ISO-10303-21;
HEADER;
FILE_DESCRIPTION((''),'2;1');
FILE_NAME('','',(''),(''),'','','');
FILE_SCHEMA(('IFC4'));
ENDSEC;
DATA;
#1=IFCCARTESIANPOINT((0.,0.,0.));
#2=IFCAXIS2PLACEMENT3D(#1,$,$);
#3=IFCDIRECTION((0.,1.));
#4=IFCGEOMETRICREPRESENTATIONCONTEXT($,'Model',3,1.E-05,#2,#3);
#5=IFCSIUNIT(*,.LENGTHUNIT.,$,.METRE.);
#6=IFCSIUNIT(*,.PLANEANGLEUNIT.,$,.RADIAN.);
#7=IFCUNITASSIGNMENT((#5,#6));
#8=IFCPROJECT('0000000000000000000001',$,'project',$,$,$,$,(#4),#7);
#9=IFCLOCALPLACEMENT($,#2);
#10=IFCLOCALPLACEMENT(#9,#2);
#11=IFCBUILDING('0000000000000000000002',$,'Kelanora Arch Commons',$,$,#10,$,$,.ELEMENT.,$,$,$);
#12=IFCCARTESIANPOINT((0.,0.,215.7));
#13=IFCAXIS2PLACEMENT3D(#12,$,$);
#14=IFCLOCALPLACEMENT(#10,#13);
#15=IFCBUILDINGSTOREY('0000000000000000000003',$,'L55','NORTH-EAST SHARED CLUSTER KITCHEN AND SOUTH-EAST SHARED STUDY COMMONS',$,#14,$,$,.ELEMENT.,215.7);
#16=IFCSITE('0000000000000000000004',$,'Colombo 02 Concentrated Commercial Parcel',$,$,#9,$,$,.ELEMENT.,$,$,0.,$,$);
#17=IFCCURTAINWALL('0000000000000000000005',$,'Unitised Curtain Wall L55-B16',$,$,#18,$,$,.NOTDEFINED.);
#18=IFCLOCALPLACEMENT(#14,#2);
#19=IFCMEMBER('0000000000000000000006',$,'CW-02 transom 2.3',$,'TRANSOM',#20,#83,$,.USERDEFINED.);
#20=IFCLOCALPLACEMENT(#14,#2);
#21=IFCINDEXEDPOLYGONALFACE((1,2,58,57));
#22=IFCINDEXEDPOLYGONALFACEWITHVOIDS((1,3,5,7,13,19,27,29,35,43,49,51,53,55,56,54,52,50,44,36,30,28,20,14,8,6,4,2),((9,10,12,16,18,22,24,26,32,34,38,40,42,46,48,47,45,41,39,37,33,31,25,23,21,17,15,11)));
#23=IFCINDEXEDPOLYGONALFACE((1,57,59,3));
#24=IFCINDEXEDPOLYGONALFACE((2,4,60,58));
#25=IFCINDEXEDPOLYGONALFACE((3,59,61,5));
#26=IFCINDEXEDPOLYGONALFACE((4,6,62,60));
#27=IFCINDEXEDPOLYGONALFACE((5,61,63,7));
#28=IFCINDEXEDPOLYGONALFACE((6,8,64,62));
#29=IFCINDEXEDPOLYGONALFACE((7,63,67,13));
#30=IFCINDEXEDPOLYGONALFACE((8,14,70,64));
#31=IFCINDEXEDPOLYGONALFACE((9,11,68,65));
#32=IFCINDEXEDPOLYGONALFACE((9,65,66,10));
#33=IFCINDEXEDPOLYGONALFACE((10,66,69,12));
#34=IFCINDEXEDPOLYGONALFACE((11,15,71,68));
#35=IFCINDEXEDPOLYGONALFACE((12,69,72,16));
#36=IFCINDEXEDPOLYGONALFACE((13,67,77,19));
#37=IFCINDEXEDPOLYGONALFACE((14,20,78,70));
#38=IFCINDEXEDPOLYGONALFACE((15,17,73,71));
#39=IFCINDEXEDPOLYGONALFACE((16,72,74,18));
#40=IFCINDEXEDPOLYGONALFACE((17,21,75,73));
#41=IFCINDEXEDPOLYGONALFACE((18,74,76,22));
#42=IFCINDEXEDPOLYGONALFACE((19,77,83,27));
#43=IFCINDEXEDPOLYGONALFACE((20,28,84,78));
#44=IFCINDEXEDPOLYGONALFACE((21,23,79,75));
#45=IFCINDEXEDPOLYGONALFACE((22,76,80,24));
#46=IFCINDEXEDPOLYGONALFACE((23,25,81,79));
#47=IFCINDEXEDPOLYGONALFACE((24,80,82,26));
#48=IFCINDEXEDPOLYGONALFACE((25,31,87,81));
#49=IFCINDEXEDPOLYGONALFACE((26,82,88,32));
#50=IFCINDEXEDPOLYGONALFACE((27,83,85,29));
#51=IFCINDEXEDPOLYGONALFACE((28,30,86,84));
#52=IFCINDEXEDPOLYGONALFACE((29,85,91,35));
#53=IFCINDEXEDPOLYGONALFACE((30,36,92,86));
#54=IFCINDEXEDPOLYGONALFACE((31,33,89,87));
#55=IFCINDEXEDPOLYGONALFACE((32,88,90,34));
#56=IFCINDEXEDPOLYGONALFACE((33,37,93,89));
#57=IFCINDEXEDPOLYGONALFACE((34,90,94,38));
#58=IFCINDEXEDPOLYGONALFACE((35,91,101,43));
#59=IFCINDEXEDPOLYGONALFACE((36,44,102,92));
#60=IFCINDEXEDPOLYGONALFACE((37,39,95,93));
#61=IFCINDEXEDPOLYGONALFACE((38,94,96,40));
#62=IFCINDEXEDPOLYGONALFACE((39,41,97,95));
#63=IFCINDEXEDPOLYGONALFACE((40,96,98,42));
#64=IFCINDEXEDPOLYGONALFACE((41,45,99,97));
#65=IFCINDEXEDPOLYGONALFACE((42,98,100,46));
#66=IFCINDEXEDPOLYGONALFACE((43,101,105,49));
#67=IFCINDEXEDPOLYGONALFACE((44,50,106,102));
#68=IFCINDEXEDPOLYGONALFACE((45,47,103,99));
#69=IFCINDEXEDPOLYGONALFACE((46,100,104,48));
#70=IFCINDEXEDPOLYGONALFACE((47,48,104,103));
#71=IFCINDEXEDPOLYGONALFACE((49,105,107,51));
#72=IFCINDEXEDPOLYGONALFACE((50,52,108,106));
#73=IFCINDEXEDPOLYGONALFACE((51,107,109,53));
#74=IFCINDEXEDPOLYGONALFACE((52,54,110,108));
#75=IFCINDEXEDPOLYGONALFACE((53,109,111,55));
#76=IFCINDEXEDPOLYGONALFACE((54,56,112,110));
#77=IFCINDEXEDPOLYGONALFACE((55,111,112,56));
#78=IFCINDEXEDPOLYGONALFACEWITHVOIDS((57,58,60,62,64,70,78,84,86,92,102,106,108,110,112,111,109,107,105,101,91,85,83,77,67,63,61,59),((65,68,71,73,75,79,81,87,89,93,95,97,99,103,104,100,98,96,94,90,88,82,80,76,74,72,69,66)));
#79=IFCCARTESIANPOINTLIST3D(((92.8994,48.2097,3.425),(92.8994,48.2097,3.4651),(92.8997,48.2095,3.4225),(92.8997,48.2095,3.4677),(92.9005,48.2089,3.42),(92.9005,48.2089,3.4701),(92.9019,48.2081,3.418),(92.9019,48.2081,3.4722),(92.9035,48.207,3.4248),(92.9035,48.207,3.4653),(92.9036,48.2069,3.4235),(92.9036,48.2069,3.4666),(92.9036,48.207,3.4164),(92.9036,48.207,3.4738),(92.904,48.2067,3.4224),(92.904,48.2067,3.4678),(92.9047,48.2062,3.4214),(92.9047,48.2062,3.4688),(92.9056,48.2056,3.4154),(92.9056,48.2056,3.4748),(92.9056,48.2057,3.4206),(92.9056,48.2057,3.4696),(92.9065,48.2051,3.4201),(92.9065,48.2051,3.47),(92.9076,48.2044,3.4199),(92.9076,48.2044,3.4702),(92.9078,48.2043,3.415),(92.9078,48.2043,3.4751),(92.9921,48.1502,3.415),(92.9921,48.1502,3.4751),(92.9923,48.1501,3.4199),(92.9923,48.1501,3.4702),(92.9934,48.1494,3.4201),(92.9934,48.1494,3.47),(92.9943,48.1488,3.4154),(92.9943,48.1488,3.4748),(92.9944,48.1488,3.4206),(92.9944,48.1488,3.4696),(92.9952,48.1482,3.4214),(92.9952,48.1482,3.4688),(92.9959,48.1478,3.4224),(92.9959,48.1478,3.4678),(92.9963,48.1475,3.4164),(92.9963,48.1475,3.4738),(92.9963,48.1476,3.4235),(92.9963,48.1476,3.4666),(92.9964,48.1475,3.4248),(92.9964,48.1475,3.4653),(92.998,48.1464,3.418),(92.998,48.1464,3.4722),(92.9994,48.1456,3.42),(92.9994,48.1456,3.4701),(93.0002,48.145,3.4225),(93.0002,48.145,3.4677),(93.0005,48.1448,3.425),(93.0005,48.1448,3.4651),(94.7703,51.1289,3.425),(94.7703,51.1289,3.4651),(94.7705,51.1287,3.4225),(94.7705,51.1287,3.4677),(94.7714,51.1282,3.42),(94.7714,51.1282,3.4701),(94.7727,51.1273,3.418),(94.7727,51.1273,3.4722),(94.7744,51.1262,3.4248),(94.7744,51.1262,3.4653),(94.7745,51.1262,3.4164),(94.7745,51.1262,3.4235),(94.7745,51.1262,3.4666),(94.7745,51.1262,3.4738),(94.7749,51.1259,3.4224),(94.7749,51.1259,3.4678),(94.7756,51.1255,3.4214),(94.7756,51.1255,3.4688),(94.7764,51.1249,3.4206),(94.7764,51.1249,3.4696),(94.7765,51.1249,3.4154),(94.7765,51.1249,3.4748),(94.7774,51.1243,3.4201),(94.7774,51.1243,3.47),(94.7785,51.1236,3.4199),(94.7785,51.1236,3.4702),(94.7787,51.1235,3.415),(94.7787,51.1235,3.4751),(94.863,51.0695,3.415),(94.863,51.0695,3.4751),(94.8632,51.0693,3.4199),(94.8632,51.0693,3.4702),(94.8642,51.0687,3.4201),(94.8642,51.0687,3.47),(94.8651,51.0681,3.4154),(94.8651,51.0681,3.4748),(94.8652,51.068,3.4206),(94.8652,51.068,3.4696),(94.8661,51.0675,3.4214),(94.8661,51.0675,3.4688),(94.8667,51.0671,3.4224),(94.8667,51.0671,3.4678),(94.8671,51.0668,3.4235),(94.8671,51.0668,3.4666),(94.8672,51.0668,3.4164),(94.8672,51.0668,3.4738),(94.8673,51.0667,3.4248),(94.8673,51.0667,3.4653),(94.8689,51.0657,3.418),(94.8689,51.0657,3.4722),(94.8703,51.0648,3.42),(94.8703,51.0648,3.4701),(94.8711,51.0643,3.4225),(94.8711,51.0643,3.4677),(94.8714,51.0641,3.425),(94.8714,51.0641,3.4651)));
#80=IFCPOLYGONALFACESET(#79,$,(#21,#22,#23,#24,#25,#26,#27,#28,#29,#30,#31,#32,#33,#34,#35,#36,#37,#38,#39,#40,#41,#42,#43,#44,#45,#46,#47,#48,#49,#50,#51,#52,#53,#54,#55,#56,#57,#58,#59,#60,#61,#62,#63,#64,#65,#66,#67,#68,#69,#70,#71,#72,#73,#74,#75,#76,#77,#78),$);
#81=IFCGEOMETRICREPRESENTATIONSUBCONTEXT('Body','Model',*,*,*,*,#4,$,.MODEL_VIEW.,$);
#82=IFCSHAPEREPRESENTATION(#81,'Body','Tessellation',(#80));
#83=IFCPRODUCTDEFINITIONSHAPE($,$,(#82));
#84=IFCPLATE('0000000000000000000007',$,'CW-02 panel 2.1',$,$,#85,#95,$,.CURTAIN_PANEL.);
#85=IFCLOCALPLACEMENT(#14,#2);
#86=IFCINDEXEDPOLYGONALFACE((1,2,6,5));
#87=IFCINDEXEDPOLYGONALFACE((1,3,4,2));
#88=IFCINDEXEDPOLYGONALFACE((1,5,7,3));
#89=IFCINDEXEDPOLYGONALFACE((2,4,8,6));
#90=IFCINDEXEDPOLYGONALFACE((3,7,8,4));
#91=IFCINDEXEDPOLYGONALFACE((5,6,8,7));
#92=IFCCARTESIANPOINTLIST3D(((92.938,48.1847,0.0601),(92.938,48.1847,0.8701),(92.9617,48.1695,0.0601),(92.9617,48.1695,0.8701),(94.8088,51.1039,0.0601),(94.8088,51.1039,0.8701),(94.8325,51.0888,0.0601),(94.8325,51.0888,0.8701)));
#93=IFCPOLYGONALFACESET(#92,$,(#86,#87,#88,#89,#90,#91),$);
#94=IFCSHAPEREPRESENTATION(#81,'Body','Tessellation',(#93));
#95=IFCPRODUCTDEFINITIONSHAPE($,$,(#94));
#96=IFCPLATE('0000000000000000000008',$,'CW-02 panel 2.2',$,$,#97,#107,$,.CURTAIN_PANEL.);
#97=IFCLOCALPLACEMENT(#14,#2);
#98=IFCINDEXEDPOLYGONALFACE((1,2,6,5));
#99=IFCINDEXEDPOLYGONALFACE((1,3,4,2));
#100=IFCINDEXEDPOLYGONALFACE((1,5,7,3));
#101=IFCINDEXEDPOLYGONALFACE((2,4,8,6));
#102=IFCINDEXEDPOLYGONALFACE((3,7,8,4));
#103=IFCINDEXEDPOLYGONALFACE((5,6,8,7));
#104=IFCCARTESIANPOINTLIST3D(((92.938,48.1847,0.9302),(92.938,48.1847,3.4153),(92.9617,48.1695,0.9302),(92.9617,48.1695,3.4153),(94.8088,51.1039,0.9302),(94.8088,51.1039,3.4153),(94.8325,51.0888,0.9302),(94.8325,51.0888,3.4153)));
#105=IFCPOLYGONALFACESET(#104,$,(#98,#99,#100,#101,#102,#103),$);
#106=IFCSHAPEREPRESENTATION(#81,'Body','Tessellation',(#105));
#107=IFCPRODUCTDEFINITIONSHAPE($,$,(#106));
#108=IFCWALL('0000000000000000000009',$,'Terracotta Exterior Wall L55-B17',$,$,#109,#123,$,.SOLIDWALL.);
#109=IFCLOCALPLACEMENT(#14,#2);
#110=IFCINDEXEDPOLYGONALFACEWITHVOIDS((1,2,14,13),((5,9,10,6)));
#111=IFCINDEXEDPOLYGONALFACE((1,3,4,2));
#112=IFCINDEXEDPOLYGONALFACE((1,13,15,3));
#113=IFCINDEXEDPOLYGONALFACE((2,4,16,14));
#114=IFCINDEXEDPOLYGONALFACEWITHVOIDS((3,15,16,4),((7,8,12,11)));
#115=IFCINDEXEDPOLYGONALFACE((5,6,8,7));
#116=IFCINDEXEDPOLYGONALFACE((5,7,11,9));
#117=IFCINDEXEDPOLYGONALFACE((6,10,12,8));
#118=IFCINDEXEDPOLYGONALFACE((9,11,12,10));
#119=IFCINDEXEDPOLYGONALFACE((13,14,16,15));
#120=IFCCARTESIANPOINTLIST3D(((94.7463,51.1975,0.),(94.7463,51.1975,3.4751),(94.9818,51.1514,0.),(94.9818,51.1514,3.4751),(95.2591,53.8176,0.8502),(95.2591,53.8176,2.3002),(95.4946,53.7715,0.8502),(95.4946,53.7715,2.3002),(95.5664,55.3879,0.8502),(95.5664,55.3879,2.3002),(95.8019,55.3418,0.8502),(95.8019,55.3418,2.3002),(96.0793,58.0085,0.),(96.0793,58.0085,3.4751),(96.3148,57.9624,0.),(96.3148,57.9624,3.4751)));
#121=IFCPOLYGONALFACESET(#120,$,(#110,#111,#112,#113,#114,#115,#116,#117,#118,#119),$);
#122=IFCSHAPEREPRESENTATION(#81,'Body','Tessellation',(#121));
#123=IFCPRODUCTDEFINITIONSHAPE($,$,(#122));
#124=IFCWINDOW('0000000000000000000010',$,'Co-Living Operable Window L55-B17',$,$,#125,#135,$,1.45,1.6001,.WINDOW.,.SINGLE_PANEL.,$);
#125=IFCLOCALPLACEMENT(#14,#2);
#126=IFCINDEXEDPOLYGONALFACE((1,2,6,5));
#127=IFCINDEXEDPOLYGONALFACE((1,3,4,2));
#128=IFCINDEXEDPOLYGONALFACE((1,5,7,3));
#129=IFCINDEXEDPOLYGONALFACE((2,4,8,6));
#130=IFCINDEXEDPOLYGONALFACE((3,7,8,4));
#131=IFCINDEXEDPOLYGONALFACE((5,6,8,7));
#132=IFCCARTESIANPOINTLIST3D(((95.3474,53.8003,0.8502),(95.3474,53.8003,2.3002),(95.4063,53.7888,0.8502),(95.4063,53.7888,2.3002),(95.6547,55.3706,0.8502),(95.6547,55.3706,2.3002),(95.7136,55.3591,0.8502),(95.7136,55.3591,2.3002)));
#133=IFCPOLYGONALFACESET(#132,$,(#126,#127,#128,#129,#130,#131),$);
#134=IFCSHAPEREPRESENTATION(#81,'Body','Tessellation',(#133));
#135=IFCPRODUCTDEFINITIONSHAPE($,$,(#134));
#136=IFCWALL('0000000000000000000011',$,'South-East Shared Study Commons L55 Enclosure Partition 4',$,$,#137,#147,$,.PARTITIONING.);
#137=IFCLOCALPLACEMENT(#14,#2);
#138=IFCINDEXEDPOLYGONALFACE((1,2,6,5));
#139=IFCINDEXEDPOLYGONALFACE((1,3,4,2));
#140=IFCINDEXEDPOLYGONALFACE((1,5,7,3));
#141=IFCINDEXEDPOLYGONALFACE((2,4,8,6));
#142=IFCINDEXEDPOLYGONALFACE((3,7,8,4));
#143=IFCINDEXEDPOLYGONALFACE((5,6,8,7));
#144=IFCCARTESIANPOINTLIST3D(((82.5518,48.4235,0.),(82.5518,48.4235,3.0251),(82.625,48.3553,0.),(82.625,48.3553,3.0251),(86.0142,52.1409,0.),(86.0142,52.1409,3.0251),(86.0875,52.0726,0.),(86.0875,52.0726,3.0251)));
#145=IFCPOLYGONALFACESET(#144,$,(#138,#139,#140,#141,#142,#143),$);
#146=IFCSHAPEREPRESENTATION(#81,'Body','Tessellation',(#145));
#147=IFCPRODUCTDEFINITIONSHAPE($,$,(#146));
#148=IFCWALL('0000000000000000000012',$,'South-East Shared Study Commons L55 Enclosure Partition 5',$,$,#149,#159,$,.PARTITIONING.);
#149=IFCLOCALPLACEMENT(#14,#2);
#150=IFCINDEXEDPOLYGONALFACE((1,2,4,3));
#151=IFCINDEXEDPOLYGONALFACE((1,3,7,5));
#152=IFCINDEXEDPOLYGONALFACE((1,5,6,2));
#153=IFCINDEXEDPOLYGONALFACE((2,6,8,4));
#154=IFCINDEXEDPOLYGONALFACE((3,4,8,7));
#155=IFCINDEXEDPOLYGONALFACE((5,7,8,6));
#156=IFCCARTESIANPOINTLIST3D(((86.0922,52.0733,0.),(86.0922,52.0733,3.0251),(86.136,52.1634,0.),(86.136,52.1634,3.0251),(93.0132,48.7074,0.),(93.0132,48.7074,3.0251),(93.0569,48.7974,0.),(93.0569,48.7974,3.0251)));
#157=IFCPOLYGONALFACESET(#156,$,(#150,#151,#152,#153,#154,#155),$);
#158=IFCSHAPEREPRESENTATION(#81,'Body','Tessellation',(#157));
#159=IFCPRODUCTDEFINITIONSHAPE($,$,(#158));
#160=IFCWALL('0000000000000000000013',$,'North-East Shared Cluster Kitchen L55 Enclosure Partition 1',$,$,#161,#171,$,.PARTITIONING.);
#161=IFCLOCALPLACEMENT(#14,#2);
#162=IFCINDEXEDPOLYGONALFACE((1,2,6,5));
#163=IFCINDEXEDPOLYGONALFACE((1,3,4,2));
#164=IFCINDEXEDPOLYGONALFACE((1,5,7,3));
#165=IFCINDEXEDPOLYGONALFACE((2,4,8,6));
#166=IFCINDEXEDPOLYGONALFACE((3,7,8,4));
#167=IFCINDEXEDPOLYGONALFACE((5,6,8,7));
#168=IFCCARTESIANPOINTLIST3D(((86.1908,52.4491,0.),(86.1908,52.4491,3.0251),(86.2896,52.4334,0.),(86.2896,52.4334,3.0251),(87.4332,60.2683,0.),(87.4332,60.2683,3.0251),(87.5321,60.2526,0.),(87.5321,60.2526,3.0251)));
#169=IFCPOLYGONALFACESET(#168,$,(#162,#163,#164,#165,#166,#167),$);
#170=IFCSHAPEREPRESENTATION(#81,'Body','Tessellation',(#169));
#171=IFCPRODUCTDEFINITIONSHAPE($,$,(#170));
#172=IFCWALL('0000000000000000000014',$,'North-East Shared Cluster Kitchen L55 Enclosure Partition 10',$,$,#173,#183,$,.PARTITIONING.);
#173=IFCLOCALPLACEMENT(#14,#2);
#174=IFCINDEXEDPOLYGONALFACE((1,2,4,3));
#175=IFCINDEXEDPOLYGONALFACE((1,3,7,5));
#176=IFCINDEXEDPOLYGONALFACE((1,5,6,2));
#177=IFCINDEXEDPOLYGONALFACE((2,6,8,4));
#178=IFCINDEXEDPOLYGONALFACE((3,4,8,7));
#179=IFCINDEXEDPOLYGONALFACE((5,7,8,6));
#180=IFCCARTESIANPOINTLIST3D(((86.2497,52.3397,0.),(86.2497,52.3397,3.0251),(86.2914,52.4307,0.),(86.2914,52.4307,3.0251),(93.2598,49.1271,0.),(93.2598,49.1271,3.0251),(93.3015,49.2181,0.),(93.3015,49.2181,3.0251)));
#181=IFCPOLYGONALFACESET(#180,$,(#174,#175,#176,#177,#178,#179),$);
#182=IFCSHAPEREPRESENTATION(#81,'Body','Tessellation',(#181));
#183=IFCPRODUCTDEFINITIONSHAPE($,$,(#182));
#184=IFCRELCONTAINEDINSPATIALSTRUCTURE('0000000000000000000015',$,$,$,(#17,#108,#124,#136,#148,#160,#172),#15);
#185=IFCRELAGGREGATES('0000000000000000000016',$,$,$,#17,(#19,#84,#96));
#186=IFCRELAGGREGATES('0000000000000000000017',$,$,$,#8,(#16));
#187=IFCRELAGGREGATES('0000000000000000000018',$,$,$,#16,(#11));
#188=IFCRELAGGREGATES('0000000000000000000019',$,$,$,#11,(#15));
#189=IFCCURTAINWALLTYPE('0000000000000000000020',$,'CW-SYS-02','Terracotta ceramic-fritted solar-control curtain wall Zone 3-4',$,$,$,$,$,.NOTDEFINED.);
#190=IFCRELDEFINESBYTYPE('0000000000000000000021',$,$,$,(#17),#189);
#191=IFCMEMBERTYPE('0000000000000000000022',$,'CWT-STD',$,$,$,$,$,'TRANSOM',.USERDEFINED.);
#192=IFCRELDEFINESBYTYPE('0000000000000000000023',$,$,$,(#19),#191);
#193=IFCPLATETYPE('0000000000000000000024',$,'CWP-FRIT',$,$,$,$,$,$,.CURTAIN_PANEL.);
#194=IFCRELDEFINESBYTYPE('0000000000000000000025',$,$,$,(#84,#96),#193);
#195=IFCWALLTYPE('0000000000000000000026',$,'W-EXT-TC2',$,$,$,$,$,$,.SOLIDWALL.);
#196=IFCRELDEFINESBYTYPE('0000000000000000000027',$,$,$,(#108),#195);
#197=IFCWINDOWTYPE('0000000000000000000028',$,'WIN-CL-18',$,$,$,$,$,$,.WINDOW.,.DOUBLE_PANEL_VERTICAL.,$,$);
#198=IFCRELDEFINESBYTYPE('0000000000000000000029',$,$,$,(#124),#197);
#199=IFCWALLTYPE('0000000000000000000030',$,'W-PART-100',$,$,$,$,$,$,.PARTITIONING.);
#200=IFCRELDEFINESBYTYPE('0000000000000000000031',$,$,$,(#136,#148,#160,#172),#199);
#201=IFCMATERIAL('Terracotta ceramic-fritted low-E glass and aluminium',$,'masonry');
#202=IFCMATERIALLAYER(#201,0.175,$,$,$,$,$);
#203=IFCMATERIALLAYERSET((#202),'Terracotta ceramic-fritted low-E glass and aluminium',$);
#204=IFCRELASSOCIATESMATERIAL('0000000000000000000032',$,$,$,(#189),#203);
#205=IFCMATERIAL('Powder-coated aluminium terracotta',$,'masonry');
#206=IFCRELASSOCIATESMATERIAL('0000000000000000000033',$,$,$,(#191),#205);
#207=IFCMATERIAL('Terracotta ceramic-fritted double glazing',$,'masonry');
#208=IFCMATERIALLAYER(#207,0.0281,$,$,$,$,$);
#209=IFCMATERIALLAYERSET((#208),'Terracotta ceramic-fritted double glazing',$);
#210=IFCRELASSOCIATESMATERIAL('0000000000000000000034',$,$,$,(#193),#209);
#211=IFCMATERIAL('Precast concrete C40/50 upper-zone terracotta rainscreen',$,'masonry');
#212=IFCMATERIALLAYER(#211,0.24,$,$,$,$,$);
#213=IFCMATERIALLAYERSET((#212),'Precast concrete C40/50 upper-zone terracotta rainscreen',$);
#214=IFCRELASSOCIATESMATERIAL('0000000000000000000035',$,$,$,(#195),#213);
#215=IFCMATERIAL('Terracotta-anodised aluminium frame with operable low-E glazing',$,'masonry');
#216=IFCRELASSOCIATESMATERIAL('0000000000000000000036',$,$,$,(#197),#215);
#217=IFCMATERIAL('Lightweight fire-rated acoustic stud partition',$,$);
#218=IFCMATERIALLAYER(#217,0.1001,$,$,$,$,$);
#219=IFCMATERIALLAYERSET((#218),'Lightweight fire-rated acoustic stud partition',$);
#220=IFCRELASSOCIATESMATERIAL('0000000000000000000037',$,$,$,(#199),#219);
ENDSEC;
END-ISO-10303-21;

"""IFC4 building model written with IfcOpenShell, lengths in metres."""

from ifc_helpers import new_model, si_unit, direction, frame, frame_2d, origin, origin_2d, place, context, subcontext, project, spatial, rectangle, hollow_rectangle, extrude, source, transform, mapped, material, layer, layer_set, material_profile, profile_set, type_object, element, fill, aggregate, save


model = new_model("IFC4")

# Units and contexts
model_context = context("Model", 3, precision=1e-05, world=origin(), true_north=direction((0.0, 1.0)))
body_context = subcontext(model_context, "Body", "Model", "MODEL_VIEW")
ifc_project = project(units=[si_unit("LENGTHUNIT", "METRE"), si_unit("PLANEANGLEUNIT", "RADIAN")], contexts=[model_context])

# Site, building, storey
site_placement = place(None, origin())
site = spatial("IfcSite", under=ifc_project, at=site_placement, Name="Colombo 02 Concentrated Commercial Parcel", CompositionType="ELEMENT", RefElevation=0.0)
building_placement = place(site_placement, origin())
building = spatial("IfcBuilding", under=site, at=building_placement, Name="Kelanora Arch Commons", CompositionType="ELEMENT")
storey_placement = place(building_placement, frame((0.0, 0.0, 215.7)))
storey = spatial("IfcBuildingStorey", under=building, at=storey_placement, Name="L55", Description="NORTH-EAST SHARED CLUSTER KITCHEN AND SOUTH-EAST SHARED STUDY COMMONS", CompositionType="ELEMENT", Elevation=215.7)

# Curtain wall, member, plates
ifc_material_1 = material(Name="Terracotta ceramic-fritted low-E glass and aluminium", Category="masonry")
ifc_layer_1 = layer(ifc_material_1, 0.175)
ifc_layer_set_1 = layer_set([ifc_layer_1], Name="Terracotta ceramic-fritted low-E glass and aluminium")
curtain_wall_type = type_object("IfcCurtainWallType", Name="CW-SYS-02", Description="Terracotta ceramic-fritted solar-control curtain wall Zone 3-4", PredefinedType="NOTDEFINED", material=ifc_layer_set_1)
curtain_wall_placement = place(storey_placement, origin())
curtain_wall = element("IfcCurtainWall", 1, at=curtain_wall_placement, inside=storey, type_object=curtain_wall_type, Name="Unitised Curtain Wall L55-B16", PredefinedType="NOTDEFINED")
ifc_material_2 = material(Name="Powder-coated aluminium terracotta", Category="masonry")
ifc_material_profile_1 = material_profile(ifc_material_2, hollow_rectangle(XDim=0.1201, YDim=0.0601, WallThickness=0.0049, InnerFilletRadius=0.0049, OuterFilletRadius=0.01, at=origin_2d()), Name="CWT120x60")
ifc_profile_set_1 = profile_set([ifc_material_profile_1], Name="Powder-coated aluminium terracotta")
member_type_1 = type_object("IfcMemberType", Name="CWT-STD", ElementType="TRANSOM", PredefinedType="USERDEFINED", material=ifc_profile_set_1)
member_1_placement = place(storey_placement, frame((92.95, 48.1772, 3.4451), z_axis=(0.539579, 0.841935, 0.0), x_axis=(-0.841935, 0.539579, 0.0)))
member_1 = element("IfcMember", 2, at=member_1_placement, type_object=member_type_1, Name="CW-02 transom 2.3", ObjectType="TRANSOM", PredefinedType="USERDEFINED", context=body_context, shape_type="SweptSolid", body=[
    extrude(hollow_rectangle(XDim=0.1201, YDim=0.0601, WallThickness=0.0049, InnerFilletRadius=0.0049, OuterFilletRadius=0.01, at=origin_2d()), origin(), (0.0, 0.0, 1.0), 3.4673),
])
ifc_material_3 = material(Name="Terracotta ceramic-fritted double glazing", Category="masonry")
ifc_layer_2 = layer(ifc_material_3, 0.0281)
ifc_layer_set_2 = layer_set([ifc_layer_2], Name="Terracotta ceramic-fritted double glazing")
plate_type = type_object("IfcPlateType", Name="CWP-FRIT", PredefinedType="CURTAIN_PANEL", material=ifc_layer_set_2)
shared_shape_1 = source(origin(), body_context, "Body", "SweptSolid", [
    extrude(rectangle(XDim=3.4673, YDim=0.0281, at=origin_2d()), origin(), (0.0, 0.0, 1.0), 0.8101),
])
plate_1_placement = place(storey_placement, frame((93.8853, 49.6367, 0.0601), z_axis=(0.0, 0.0, 1.0), x_axis=(0.539559, 0.841948, 0.0)))
plate_1 = element("IfcPlate", 3, at=plate_1_placement, type_object=plate_type, Name="CW-02 panel 2.1", PredefinedType="CURTAIN_PANEL", context=body_context, shape_type="MappedRepresentation", body=[
    mapped(shared_shape_1, transform((0.0, 0.0, 0.0), scale=1.0)),
])
shared_shape_2 = source(origin(), body_context, "Body", "SweptSolid", [
    extrude(rectangle(XDim=3.4673, YDim=0.0281, at=origin_2d()), origin(), (0.0, 0.0, 1.0), 2.4851),
])
plate_2_placement = place(storey_placement, frame((93.8853, 49.6367, 0.9302), z_axis=(0.0, 0.0, 1.0), x_axis=(0.539559, 0.841948, 0.0)))
plate_2 = element("IfcPlate", 4, at=plate_2_placement, type_object=plate_type, Name="CW-02 panel 2.2", PredefinedType="CURTAIN_PANEL", context=body_context, shape_type="MappedRepresentation", body=[
    mapped(shared_shape_2, transform((0.0, 0.0, 0.0), scale=1.0)),
])
aggregate(curtain_wall, [member_1, plate_1, plate_2])

# Wall, opening, window
ifc_material_4 = material(Name="Precast concrete C40/50 upper-zone terracotta rainscreen", Category="masonry")
ifc_layer_3 = layer(ifc_material_4, 0.24)
ifc_layer_set_3 = layer_set([ifc_layer_3], Name="Precast concrete C40/50 upper-zone terracotta rainscreen")
wall_type_1 = type_object("IfcWallType", Name="W-EXT-TC2", PredefinedType="SOLIDWALL", material=ifc_layer_set_3)
wall_1_placement = place(storey_placement, frame((94.864, 51.1743, 0.0), z_axis=(0.0, 0.0, 1.0), x_axis=(0.192069, 0.981381, 0.0)))
wall_1 = element("IfcWall", 5, at=wall_1_placement, inside=storey, type_object=wall_type_1, Name="Terracotta Exterior Wall L55-B17", PredefinedType="SOLIDWALL", context=body_context, shape_type="SweptSolid", body=[
    extrude(rectangle(XDim=6.9402, YDim=0.24, at=frame_2d((3.4702, 0.0))), origin(), (0.0, 0.0, 1.0), 3.4751),
])
opening_1_placement = place(wall_1_placement, frame((2.6699, 0.0, 0.8501)))
opening_1 = element("IfcOpeningElement", 6, at=opening_1_placement, cuts=wall_1, PredefinedType="OPENING", context=body_context, shape_type="SweptSolid", body=[
    extrude(rectangle(XDim=1.6001, YDim=1.45, at=frame_2d((0.8, 0.7251))), frame((0.0, 0.1299, 0.0), z_axis=(0.0, -1.0, 0.0), x_axis=(1.0, 0.0, 0.0)), (0.0, 0.0, 1.0), 0.26),
])
ifc_material_5 = material(Name="Terracotta-anodised aluminium frame with operable low-E glazing", Category="masonry")
window_type = type_object("IfcWindowType", Name="WIN-CL-18", PartitioningType="DOUBLE_PANEL_VERTICAL", PredefinedType="WINDOW", material=ifc_material_5)
window_placement = place(opening_1_placement, origin())
window = element("IfcWindow", 7, at=window_placement, inside=storey, type_object=window_type, Name="Co-Living Operable Window L55-B17", OverallHeight=1.45, OverallWidth=1.6001, PartitioningType="SINGLE_PANEL", PredefinedType="WINDOW", context=body_context, shape_type="SweptSolid", body=[
    extrude(rectangle(XDim=1.6001, YDim=1.45, at=frame_2d((0.8, 0.7251))), frame((0.0, 0.03, 0.0), z_axis=(0.0, -1.0, 0.0), x_axis=(1.0, 0.0, 0.0)), (0.0, 0.0, 1.0), 0.0601),
])
fill(opening_1, window)

# Walls
ifc_material_6 = material(Name="Lightweight fire-rated acoustic stud partition")
ifc_layer_4 = layer(ifc_material_6, 0.1001)
ifc_layer_set_4 = layer_set([ifc_layer_4], Name="Lightweight fire-rated acoustic stud partition")
wall_type_2 = type_object("IfcWallType", Name="W-PART-100", PredefinedType="PARTITIONING", material=ifc_layer_set_4)
wall_2_placement = place(storey_placement, frame((82.5884, 48.3894, 0.0), z_axis=(0.0, 0.0, 1.0), x_axis=(0.681575, 0.731748, 0.0)))
element("IfcWall", 8, at=wall_2_placement, inside=storey, type_object=wall_type_2, Name="South-East Shared Study Commons L55 Enclosure Partition 4", PredefinedType="PARTITIONING", context=body_context, shape_type="SweptSolid", body=[
    extrude(rectangle(XDim=5.0801, YDim=0.1001, at=frame_2d((2.54, 0.0))), origin(), (0.0, 0.0, 1.0), 3.0251),
])
wall_3_placement = place(storey_placement, frame((86.114, 52.1184, 0.0), z_axis=(0.0, 0.0, 1.0), x_axis=(0.899284, -0.437365, 0.0)))
element("IfcWall", 9, at=wall_3_placement, inside=storey, type_object=wall_type_2, Name="South-East Shared Study Commons L55 Enclosure Partition 5", PredefinedType="PARTITIONING", context=body_context, shape_type="SweptSolid", body=[
    extrude(rectangle(XDim=7.696, YDim=0.1001, at=frame_2d((3.8481, 0.0))), origin(), (0.0, 0.0, 1.0), 3.0251),
])
wall_4_placement = place(storey_placement, frame((86.2402, 52.4414, 0.0), z_axis=(0.0, 0.0, 1.0), x_axis=(0.156928, 0.98761, 0.0)))
element("IfcWall", 10, at=wall_4_placement, inside=storey, type_object=wall_type_2, Name="North-East Shared Cluster Kitchen L55 Enclosure Partition 1", PredefinedType="PARTITIONING", context=body_context, shape_type="SweptSolid", body=[
    extrude(rectangle(XDim=7.9172, YDim=0.1001, at=frame_2d((3.9585, 0.0))), origin(), (0.0, 0.0, 1.0), 3.0251),
])
wall_5_placement = place(storey_placement, frame((93.2805, 49.1726, 0.0), z_axis=(0.0, 0.0, 1.0), x_axis=(-0.909078, 0.416625, 0.0)))
element("IfcWall", 11, at=wall_5_placement, inside=storey, type_object=wall_type_2, Name="North-East Shared Cluster Kitchen L55 Enclosure Partition 10", PredefinedType="PARTITIONING", context=body_context, shape_type="SweptSolid", body=[
    extrude(rectangle(XDim=7.7112, YDim=0.1001, at=frame_2d((3.8555, 0.0))), origin(), (0.0, 0.0, 1.0), 3.0251),
])

save(model, "model.ifc")
